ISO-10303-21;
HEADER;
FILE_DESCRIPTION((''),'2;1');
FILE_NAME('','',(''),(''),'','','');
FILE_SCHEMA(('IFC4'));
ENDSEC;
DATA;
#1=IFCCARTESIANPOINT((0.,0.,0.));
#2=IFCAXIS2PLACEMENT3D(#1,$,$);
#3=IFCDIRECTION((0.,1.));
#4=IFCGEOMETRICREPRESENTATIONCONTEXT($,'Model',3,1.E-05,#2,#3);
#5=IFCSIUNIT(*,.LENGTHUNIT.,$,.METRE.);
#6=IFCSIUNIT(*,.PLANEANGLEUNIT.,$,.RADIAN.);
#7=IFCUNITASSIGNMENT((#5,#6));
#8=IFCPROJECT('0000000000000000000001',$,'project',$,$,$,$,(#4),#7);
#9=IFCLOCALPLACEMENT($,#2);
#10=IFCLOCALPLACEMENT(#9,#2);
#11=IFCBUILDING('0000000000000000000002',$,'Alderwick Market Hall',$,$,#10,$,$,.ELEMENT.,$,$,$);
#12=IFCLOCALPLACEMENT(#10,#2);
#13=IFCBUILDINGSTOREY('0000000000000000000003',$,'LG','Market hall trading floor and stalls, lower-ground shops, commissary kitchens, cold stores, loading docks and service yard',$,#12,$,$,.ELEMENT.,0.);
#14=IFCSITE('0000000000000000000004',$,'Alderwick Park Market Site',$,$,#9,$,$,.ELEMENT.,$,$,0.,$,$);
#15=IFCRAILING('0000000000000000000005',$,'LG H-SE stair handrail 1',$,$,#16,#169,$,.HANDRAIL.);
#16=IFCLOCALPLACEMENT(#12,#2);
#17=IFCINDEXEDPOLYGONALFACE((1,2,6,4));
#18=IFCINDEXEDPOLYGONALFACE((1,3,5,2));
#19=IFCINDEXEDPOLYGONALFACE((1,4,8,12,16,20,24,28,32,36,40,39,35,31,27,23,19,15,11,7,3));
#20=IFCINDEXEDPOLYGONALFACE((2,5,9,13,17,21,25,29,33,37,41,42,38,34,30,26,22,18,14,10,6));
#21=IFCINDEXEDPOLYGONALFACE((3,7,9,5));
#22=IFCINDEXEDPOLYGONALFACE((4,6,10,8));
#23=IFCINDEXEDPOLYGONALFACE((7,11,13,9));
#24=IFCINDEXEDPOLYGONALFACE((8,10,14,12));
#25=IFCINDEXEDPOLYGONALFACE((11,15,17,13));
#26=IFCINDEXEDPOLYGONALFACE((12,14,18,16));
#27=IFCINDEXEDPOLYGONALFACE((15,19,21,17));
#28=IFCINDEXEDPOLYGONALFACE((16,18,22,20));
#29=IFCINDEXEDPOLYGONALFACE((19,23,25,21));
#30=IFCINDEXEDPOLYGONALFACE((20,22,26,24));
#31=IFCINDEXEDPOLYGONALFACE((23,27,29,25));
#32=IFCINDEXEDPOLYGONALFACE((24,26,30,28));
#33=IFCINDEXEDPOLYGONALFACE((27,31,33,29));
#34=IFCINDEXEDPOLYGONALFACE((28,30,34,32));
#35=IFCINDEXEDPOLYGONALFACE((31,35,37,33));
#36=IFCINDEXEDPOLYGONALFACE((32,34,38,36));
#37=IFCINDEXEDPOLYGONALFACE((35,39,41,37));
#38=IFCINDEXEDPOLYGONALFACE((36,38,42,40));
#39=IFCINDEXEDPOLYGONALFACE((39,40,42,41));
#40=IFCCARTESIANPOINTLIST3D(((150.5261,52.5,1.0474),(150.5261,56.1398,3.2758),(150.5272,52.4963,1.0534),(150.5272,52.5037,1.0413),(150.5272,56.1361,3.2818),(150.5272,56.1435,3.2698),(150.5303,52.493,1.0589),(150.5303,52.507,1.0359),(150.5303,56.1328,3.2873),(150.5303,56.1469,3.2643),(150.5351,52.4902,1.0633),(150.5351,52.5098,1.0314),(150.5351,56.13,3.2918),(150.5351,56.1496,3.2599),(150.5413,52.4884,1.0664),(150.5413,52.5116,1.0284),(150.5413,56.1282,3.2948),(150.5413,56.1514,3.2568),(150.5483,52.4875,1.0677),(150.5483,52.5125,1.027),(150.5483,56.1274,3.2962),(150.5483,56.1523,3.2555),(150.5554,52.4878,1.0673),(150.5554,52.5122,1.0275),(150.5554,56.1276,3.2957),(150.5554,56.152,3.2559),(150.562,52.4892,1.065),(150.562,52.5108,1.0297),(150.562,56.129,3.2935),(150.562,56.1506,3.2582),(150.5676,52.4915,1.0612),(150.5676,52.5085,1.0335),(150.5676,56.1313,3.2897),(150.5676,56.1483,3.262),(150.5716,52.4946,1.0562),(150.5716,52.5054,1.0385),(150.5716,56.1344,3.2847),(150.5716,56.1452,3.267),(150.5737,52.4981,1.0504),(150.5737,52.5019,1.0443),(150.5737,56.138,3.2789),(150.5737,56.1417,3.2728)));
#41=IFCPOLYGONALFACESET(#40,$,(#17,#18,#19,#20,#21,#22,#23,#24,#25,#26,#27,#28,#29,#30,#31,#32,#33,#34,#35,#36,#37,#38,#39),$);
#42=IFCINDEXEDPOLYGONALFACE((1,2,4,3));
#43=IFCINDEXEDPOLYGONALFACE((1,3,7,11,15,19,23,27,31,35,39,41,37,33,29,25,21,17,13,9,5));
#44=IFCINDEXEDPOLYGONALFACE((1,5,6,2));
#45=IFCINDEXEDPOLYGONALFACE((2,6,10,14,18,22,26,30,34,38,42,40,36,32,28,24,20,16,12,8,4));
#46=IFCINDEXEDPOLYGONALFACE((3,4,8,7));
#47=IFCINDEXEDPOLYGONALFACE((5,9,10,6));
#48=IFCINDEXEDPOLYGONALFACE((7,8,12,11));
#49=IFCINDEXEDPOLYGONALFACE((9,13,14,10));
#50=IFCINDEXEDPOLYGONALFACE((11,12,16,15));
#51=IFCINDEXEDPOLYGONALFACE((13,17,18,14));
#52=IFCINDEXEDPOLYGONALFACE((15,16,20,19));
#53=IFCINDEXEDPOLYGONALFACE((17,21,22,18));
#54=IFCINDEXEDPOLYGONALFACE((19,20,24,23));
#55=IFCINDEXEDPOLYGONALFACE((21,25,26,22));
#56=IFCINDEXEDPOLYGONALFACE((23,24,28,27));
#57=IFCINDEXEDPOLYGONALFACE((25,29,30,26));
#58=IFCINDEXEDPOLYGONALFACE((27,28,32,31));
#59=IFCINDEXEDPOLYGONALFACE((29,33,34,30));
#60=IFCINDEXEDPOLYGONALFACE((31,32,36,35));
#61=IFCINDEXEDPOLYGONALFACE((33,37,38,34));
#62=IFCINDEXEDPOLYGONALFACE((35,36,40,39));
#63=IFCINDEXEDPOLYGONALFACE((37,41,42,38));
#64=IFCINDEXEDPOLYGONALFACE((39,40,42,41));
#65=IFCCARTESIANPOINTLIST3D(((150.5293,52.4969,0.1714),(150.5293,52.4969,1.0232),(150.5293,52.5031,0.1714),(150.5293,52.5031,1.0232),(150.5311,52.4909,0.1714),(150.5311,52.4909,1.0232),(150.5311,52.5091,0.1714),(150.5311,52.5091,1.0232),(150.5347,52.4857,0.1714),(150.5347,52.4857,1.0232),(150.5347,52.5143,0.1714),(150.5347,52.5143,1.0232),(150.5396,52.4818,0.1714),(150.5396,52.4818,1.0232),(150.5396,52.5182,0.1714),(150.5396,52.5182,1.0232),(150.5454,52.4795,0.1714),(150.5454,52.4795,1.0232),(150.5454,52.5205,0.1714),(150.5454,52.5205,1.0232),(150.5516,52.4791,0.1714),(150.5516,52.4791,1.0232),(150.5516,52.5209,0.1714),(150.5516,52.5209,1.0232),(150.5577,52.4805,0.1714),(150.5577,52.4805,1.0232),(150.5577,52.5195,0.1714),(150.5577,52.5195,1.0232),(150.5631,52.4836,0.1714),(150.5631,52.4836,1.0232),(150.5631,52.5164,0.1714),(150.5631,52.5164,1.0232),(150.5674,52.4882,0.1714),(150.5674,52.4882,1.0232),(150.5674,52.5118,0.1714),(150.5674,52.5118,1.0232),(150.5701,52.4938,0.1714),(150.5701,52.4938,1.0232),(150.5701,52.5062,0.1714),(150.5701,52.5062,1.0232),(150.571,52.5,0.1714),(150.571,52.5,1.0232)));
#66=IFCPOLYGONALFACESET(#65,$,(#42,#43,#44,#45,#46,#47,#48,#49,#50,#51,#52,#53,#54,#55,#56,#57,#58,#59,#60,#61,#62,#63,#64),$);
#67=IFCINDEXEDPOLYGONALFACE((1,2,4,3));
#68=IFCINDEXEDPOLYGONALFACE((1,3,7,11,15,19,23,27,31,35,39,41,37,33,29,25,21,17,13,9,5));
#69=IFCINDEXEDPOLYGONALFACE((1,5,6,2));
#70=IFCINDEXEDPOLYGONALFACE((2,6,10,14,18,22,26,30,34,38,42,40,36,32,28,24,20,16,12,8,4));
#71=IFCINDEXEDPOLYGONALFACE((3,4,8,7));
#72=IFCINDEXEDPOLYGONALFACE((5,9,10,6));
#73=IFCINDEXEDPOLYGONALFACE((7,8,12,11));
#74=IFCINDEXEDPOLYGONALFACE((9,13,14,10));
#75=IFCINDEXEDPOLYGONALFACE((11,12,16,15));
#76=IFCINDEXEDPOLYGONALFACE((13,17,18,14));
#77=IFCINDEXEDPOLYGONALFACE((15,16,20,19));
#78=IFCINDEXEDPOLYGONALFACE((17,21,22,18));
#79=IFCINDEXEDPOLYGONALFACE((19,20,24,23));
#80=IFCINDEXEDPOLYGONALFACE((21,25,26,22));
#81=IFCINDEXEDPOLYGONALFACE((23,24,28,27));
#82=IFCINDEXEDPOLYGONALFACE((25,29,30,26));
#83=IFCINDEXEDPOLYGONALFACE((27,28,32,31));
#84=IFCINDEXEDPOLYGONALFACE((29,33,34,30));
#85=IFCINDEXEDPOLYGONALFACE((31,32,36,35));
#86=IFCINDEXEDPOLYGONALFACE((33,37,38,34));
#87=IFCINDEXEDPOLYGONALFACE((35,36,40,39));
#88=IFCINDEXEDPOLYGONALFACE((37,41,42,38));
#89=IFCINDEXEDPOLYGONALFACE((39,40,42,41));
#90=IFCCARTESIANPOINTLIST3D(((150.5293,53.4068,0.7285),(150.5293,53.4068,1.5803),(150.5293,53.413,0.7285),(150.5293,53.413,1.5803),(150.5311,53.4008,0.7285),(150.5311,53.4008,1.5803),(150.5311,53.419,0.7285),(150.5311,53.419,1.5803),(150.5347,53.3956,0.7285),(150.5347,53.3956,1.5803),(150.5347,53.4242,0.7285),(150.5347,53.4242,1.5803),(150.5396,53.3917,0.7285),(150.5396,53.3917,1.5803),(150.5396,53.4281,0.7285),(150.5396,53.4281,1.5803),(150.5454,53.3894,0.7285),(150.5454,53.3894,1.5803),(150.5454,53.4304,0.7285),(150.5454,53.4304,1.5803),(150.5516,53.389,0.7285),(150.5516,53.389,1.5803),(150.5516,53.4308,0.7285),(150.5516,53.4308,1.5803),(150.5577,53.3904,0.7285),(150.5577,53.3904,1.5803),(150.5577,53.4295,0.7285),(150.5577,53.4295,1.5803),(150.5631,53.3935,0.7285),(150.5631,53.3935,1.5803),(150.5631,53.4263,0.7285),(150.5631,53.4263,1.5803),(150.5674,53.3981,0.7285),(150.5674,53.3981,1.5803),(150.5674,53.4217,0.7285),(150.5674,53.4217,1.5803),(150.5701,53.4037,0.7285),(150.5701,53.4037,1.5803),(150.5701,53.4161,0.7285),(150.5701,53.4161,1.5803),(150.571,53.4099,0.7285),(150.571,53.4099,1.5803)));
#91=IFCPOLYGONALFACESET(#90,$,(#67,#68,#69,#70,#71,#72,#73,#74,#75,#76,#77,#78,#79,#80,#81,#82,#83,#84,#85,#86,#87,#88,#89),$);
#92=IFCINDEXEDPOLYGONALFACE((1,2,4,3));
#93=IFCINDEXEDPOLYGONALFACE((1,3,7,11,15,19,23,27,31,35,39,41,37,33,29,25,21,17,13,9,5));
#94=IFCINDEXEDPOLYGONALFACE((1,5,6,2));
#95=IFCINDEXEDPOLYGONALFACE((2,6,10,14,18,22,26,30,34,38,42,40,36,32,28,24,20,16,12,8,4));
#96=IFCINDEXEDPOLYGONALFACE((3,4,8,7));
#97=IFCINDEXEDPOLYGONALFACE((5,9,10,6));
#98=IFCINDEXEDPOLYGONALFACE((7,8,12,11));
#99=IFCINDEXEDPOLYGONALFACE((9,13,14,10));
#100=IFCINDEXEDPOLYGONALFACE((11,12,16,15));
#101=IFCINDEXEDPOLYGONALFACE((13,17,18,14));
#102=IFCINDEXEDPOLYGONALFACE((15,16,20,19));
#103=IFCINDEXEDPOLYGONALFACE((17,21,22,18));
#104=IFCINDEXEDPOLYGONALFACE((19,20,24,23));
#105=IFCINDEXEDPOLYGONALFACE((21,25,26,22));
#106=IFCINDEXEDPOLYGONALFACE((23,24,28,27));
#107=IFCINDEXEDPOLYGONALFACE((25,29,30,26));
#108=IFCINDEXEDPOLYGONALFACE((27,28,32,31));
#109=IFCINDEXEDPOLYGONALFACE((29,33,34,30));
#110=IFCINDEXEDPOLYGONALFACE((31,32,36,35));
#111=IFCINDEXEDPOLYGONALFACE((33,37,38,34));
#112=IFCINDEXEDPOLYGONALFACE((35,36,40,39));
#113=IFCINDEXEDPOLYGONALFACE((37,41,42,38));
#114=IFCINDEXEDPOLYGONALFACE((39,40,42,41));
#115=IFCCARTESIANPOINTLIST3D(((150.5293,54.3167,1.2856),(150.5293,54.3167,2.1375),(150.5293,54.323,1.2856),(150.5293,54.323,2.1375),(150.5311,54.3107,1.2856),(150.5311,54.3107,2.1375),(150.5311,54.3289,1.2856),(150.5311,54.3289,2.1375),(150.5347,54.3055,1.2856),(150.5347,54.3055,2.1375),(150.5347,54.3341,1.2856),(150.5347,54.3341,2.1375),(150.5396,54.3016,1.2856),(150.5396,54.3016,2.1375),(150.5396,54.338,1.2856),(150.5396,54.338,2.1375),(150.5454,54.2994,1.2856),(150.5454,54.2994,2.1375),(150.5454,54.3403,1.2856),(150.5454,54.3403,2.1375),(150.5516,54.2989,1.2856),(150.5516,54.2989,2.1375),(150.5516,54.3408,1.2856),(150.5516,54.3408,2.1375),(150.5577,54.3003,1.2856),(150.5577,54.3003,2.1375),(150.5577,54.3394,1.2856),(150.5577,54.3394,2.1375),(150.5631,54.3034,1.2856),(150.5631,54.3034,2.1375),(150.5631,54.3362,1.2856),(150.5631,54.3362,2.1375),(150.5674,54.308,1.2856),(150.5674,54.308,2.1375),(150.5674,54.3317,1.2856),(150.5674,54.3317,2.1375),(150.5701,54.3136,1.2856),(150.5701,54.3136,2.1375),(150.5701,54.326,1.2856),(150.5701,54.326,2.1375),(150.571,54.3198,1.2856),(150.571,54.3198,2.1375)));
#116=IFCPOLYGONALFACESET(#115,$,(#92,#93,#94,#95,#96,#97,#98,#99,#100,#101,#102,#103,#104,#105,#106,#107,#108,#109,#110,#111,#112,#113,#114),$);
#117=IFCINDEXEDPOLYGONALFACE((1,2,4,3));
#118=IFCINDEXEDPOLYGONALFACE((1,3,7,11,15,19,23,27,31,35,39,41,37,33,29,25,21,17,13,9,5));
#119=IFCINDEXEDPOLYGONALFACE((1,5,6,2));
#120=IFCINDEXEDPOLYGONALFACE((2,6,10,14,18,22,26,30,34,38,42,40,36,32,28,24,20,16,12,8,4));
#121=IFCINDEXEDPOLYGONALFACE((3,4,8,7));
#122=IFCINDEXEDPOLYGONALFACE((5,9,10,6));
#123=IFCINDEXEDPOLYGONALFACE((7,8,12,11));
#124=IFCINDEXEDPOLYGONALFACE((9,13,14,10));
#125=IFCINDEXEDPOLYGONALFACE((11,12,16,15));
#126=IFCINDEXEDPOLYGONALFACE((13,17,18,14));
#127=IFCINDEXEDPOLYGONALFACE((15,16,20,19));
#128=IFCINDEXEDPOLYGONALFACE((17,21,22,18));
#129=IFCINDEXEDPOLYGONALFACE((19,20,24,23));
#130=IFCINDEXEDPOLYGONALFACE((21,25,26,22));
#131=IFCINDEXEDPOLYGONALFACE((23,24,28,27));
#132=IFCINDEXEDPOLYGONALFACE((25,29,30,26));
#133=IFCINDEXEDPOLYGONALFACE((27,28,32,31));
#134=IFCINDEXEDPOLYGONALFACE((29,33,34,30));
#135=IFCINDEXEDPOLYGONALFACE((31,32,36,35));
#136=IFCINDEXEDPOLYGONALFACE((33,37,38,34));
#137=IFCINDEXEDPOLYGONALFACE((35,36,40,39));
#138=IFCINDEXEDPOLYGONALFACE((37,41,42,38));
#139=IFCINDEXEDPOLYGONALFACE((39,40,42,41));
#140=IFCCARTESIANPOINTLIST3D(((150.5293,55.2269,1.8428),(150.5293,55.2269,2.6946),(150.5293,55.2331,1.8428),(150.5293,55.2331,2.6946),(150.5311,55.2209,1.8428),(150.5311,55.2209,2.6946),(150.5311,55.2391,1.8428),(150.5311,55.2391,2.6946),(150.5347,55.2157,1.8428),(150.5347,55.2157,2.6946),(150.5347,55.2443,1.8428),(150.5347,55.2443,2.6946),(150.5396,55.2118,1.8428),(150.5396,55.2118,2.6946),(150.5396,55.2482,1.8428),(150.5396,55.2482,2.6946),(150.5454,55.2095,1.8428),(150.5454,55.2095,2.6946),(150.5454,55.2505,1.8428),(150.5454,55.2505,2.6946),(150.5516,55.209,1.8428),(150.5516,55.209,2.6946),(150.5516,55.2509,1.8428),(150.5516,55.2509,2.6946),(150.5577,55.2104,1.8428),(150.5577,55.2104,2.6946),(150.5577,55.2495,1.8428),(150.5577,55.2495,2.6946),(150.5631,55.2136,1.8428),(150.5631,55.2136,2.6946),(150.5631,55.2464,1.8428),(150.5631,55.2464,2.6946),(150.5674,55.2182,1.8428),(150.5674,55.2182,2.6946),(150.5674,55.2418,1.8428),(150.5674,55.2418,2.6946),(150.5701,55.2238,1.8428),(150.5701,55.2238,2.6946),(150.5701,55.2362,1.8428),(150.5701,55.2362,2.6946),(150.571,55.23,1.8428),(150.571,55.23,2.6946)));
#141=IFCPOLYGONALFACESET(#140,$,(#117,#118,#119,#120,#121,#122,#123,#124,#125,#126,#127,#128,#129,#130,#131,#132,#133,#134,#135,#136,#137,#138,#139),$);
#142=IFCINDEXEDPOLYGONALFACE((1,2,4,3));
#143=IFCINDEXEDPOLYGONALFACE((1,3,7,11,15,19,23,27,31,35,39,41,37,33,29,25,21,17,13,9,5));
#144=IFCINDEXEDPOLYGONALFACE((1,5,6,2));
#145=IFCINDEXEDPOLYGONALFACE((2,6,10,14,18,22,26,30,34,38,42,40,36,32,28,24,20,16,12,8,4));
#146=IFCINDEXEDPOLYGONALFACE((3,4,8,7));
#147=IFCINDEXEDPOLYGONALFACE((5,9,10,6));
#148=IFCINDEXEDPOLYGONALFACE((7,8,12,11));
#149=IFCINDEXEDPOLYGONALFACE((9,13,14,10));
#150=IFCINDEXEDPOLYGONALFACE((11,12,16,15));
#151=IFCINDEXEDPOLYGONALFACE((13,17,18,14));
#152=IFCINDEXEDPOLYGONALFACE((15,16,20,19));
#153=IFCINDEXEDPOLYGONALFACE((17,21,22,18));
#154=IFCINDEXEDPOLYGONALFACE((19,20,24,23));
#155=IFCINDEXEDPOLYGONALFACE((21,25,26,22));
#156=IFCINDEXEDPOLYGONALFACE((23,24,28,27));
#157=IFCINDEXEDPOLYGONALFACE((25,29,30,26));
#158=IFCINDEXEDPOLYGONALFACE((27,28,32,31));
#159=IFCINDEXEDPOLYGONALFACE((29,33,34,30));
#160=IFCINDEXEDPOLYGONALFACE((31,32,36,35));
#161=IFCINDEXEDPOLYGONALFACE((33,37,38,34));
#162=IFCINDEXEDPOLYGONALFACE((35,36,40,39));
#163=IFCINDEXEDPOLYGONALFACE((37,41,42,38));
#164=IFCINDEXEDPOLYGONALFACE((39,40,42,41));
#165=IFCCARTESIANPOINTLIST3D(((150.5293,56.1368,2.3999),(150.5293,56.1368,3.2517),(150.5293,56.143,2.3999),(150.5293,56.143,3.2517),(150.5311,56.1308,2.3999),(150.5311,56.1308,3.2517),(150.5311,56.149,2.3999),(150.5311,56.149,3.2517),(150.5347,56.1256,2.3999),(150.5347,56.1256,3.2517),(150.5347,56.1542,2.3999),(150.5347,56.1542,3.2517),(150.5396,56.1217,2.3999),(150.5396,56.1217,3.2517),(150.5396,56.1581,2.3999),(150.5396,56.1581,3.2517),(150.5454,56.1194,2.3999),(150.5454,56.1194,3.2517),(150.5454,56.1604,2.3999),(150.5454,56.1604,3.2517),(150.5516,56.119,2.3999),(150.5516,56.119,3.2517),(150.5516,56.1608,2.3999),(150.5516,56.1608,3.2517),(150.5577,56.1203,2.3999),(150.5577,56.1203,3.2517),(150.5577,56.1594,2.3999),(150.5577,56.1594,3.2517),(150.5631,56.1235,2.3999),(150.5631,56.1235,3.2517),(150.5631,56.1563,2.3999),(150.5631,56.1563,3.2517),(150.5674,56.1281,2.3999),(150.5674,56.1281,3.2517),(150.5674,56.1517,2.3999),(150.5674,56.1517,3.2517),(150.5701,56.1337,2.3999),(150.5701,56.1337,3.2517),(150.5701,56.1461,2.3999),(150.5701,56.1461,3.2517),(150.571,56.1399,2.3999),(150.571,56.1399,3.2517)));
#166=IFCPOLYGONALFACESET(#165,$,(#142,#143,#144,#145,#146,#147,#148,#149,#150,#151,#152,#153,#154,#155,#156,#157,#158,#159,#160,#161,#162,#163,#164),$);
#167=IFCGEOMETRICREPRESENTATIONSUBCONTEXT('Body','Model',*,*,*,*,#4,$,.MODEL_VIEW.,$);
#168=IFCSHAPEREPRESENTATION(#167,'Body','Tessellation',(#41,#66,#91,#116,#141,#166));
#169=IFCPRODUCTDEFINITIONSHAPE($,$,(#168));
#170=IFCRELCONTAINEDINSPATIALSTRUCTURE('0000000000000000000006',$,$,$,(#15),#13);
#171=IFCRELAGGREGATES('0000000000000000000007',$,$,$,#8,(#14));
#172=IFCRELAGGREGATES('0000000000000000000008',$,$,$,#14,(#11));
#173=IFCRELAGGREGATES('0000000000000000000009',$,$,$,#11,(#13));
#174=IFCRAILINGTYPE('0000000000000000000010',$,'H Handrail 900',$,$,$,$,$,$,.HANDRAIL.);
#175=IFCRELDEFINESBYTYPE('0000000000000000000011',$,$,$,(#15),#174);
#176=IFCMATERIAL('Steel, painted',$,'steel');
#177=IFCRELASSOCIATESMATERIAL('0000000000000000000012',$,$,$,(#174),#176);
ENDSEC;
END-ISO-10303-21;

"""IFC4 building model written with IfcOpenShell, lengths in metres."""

from ifc_helpers import new_model, si_unit, direction, frame, origin, origin_2d, place, context, subcontext, project, spatial, circle, extrude, material, type_object, element, save


model = new_model("IFC4")

# Units and contexts
model_context = context("Model", 3, precision=1e-05, world=origin(), true_north=direction((0.0, 1.0)))
body_context = subcontext(model_context, "Body", "Model", "MODEL_VIEW")
ifc_project = project(units=[si_unit("LENGTHUNIT", "METRE"), si_unit("PLANEANGLEUNIT", "RADIAN")], contexts=[model_context])

# Site, building, storey
site_placement = place(None, origin())
site = spatial("IfcSite", under=ifc_project, at=site_placement, Name="Alderwick Park Market Site", CompositionType="ELEMENT", RefElevation=0.0)
building_placement = place(site_placement, origin())
building = spatial("IfcBuilding", under=site, at=building_placement, Name="Alderwick Market Hall", CompositionType="ELEMENT")
storey_placement = place(building_placement, origin())
storey = spatial("IfcBuildingStorey", under=building, at=storey_placement, Name="LG", Description="Market hall trading floor and stalls, lower-ground shops, commissary kitchens, cold stores, loading docks and service yard", CompositionType="ELEMENT", Elevation=0.0)

# Railing
ifc_material_1 = material(Name="Steel, painted", Category="steel")
railing_type_1 = type_object("IfcRailingType", Name="H Handrail 900", PredefinedType="HANDRAIL", material=ifc_material_1)
railing_1_placement = place(storey_placement, frame((150.55, 52.5, 0.1714)))
element("IfcRailing", 1, at=railing_1_placement, inside=storey, type_object=railing_type_1, Name="LG H-SE stair handrail 1", PredefinedType="HANDRAIL", context=body_context, shape_type="SweptSolid", body=[
    extrude(circle(Radius=0.0239, at=origin_2d()), frame((0.0, 0.0, 0.876), z_axis=(0.0, 0.85285, 0.522156), x_axis=(-1.0, 0.0, 0.0)), (0.0, 0.0, 1.0), 4.2678),
    extrude(circle(Radius=0.021, at=origin_2d()), origin(), (0.0, 0.0, 1.0), 0.8518),
    extrude(circle(Radius=0.021, at=origin_2d()), frame((0.0, 0.9099, 0.5571)), (0.0, 0.0, 1.0), 0.8518),
    extrude(circle(Radius=0.021, at=origin_2d()), frame((0.0, 1.8198, 1.1143)), (0.0, 0.0, 1.0), 0.8518),
    extrude(circle(Radius=0.021, at=origin_2d()), frame((0.0, 2.73, 1.6714)), (0.0, 0.0, 1.0), 0.8518),
    extrude(circle(Radius=0.021, at=origin_2d()), frame((0.0, 3.6399, 2.2285)), (0.0, 0.0, 1.0), 0.8518),
])

save(model, "model.ifc")
